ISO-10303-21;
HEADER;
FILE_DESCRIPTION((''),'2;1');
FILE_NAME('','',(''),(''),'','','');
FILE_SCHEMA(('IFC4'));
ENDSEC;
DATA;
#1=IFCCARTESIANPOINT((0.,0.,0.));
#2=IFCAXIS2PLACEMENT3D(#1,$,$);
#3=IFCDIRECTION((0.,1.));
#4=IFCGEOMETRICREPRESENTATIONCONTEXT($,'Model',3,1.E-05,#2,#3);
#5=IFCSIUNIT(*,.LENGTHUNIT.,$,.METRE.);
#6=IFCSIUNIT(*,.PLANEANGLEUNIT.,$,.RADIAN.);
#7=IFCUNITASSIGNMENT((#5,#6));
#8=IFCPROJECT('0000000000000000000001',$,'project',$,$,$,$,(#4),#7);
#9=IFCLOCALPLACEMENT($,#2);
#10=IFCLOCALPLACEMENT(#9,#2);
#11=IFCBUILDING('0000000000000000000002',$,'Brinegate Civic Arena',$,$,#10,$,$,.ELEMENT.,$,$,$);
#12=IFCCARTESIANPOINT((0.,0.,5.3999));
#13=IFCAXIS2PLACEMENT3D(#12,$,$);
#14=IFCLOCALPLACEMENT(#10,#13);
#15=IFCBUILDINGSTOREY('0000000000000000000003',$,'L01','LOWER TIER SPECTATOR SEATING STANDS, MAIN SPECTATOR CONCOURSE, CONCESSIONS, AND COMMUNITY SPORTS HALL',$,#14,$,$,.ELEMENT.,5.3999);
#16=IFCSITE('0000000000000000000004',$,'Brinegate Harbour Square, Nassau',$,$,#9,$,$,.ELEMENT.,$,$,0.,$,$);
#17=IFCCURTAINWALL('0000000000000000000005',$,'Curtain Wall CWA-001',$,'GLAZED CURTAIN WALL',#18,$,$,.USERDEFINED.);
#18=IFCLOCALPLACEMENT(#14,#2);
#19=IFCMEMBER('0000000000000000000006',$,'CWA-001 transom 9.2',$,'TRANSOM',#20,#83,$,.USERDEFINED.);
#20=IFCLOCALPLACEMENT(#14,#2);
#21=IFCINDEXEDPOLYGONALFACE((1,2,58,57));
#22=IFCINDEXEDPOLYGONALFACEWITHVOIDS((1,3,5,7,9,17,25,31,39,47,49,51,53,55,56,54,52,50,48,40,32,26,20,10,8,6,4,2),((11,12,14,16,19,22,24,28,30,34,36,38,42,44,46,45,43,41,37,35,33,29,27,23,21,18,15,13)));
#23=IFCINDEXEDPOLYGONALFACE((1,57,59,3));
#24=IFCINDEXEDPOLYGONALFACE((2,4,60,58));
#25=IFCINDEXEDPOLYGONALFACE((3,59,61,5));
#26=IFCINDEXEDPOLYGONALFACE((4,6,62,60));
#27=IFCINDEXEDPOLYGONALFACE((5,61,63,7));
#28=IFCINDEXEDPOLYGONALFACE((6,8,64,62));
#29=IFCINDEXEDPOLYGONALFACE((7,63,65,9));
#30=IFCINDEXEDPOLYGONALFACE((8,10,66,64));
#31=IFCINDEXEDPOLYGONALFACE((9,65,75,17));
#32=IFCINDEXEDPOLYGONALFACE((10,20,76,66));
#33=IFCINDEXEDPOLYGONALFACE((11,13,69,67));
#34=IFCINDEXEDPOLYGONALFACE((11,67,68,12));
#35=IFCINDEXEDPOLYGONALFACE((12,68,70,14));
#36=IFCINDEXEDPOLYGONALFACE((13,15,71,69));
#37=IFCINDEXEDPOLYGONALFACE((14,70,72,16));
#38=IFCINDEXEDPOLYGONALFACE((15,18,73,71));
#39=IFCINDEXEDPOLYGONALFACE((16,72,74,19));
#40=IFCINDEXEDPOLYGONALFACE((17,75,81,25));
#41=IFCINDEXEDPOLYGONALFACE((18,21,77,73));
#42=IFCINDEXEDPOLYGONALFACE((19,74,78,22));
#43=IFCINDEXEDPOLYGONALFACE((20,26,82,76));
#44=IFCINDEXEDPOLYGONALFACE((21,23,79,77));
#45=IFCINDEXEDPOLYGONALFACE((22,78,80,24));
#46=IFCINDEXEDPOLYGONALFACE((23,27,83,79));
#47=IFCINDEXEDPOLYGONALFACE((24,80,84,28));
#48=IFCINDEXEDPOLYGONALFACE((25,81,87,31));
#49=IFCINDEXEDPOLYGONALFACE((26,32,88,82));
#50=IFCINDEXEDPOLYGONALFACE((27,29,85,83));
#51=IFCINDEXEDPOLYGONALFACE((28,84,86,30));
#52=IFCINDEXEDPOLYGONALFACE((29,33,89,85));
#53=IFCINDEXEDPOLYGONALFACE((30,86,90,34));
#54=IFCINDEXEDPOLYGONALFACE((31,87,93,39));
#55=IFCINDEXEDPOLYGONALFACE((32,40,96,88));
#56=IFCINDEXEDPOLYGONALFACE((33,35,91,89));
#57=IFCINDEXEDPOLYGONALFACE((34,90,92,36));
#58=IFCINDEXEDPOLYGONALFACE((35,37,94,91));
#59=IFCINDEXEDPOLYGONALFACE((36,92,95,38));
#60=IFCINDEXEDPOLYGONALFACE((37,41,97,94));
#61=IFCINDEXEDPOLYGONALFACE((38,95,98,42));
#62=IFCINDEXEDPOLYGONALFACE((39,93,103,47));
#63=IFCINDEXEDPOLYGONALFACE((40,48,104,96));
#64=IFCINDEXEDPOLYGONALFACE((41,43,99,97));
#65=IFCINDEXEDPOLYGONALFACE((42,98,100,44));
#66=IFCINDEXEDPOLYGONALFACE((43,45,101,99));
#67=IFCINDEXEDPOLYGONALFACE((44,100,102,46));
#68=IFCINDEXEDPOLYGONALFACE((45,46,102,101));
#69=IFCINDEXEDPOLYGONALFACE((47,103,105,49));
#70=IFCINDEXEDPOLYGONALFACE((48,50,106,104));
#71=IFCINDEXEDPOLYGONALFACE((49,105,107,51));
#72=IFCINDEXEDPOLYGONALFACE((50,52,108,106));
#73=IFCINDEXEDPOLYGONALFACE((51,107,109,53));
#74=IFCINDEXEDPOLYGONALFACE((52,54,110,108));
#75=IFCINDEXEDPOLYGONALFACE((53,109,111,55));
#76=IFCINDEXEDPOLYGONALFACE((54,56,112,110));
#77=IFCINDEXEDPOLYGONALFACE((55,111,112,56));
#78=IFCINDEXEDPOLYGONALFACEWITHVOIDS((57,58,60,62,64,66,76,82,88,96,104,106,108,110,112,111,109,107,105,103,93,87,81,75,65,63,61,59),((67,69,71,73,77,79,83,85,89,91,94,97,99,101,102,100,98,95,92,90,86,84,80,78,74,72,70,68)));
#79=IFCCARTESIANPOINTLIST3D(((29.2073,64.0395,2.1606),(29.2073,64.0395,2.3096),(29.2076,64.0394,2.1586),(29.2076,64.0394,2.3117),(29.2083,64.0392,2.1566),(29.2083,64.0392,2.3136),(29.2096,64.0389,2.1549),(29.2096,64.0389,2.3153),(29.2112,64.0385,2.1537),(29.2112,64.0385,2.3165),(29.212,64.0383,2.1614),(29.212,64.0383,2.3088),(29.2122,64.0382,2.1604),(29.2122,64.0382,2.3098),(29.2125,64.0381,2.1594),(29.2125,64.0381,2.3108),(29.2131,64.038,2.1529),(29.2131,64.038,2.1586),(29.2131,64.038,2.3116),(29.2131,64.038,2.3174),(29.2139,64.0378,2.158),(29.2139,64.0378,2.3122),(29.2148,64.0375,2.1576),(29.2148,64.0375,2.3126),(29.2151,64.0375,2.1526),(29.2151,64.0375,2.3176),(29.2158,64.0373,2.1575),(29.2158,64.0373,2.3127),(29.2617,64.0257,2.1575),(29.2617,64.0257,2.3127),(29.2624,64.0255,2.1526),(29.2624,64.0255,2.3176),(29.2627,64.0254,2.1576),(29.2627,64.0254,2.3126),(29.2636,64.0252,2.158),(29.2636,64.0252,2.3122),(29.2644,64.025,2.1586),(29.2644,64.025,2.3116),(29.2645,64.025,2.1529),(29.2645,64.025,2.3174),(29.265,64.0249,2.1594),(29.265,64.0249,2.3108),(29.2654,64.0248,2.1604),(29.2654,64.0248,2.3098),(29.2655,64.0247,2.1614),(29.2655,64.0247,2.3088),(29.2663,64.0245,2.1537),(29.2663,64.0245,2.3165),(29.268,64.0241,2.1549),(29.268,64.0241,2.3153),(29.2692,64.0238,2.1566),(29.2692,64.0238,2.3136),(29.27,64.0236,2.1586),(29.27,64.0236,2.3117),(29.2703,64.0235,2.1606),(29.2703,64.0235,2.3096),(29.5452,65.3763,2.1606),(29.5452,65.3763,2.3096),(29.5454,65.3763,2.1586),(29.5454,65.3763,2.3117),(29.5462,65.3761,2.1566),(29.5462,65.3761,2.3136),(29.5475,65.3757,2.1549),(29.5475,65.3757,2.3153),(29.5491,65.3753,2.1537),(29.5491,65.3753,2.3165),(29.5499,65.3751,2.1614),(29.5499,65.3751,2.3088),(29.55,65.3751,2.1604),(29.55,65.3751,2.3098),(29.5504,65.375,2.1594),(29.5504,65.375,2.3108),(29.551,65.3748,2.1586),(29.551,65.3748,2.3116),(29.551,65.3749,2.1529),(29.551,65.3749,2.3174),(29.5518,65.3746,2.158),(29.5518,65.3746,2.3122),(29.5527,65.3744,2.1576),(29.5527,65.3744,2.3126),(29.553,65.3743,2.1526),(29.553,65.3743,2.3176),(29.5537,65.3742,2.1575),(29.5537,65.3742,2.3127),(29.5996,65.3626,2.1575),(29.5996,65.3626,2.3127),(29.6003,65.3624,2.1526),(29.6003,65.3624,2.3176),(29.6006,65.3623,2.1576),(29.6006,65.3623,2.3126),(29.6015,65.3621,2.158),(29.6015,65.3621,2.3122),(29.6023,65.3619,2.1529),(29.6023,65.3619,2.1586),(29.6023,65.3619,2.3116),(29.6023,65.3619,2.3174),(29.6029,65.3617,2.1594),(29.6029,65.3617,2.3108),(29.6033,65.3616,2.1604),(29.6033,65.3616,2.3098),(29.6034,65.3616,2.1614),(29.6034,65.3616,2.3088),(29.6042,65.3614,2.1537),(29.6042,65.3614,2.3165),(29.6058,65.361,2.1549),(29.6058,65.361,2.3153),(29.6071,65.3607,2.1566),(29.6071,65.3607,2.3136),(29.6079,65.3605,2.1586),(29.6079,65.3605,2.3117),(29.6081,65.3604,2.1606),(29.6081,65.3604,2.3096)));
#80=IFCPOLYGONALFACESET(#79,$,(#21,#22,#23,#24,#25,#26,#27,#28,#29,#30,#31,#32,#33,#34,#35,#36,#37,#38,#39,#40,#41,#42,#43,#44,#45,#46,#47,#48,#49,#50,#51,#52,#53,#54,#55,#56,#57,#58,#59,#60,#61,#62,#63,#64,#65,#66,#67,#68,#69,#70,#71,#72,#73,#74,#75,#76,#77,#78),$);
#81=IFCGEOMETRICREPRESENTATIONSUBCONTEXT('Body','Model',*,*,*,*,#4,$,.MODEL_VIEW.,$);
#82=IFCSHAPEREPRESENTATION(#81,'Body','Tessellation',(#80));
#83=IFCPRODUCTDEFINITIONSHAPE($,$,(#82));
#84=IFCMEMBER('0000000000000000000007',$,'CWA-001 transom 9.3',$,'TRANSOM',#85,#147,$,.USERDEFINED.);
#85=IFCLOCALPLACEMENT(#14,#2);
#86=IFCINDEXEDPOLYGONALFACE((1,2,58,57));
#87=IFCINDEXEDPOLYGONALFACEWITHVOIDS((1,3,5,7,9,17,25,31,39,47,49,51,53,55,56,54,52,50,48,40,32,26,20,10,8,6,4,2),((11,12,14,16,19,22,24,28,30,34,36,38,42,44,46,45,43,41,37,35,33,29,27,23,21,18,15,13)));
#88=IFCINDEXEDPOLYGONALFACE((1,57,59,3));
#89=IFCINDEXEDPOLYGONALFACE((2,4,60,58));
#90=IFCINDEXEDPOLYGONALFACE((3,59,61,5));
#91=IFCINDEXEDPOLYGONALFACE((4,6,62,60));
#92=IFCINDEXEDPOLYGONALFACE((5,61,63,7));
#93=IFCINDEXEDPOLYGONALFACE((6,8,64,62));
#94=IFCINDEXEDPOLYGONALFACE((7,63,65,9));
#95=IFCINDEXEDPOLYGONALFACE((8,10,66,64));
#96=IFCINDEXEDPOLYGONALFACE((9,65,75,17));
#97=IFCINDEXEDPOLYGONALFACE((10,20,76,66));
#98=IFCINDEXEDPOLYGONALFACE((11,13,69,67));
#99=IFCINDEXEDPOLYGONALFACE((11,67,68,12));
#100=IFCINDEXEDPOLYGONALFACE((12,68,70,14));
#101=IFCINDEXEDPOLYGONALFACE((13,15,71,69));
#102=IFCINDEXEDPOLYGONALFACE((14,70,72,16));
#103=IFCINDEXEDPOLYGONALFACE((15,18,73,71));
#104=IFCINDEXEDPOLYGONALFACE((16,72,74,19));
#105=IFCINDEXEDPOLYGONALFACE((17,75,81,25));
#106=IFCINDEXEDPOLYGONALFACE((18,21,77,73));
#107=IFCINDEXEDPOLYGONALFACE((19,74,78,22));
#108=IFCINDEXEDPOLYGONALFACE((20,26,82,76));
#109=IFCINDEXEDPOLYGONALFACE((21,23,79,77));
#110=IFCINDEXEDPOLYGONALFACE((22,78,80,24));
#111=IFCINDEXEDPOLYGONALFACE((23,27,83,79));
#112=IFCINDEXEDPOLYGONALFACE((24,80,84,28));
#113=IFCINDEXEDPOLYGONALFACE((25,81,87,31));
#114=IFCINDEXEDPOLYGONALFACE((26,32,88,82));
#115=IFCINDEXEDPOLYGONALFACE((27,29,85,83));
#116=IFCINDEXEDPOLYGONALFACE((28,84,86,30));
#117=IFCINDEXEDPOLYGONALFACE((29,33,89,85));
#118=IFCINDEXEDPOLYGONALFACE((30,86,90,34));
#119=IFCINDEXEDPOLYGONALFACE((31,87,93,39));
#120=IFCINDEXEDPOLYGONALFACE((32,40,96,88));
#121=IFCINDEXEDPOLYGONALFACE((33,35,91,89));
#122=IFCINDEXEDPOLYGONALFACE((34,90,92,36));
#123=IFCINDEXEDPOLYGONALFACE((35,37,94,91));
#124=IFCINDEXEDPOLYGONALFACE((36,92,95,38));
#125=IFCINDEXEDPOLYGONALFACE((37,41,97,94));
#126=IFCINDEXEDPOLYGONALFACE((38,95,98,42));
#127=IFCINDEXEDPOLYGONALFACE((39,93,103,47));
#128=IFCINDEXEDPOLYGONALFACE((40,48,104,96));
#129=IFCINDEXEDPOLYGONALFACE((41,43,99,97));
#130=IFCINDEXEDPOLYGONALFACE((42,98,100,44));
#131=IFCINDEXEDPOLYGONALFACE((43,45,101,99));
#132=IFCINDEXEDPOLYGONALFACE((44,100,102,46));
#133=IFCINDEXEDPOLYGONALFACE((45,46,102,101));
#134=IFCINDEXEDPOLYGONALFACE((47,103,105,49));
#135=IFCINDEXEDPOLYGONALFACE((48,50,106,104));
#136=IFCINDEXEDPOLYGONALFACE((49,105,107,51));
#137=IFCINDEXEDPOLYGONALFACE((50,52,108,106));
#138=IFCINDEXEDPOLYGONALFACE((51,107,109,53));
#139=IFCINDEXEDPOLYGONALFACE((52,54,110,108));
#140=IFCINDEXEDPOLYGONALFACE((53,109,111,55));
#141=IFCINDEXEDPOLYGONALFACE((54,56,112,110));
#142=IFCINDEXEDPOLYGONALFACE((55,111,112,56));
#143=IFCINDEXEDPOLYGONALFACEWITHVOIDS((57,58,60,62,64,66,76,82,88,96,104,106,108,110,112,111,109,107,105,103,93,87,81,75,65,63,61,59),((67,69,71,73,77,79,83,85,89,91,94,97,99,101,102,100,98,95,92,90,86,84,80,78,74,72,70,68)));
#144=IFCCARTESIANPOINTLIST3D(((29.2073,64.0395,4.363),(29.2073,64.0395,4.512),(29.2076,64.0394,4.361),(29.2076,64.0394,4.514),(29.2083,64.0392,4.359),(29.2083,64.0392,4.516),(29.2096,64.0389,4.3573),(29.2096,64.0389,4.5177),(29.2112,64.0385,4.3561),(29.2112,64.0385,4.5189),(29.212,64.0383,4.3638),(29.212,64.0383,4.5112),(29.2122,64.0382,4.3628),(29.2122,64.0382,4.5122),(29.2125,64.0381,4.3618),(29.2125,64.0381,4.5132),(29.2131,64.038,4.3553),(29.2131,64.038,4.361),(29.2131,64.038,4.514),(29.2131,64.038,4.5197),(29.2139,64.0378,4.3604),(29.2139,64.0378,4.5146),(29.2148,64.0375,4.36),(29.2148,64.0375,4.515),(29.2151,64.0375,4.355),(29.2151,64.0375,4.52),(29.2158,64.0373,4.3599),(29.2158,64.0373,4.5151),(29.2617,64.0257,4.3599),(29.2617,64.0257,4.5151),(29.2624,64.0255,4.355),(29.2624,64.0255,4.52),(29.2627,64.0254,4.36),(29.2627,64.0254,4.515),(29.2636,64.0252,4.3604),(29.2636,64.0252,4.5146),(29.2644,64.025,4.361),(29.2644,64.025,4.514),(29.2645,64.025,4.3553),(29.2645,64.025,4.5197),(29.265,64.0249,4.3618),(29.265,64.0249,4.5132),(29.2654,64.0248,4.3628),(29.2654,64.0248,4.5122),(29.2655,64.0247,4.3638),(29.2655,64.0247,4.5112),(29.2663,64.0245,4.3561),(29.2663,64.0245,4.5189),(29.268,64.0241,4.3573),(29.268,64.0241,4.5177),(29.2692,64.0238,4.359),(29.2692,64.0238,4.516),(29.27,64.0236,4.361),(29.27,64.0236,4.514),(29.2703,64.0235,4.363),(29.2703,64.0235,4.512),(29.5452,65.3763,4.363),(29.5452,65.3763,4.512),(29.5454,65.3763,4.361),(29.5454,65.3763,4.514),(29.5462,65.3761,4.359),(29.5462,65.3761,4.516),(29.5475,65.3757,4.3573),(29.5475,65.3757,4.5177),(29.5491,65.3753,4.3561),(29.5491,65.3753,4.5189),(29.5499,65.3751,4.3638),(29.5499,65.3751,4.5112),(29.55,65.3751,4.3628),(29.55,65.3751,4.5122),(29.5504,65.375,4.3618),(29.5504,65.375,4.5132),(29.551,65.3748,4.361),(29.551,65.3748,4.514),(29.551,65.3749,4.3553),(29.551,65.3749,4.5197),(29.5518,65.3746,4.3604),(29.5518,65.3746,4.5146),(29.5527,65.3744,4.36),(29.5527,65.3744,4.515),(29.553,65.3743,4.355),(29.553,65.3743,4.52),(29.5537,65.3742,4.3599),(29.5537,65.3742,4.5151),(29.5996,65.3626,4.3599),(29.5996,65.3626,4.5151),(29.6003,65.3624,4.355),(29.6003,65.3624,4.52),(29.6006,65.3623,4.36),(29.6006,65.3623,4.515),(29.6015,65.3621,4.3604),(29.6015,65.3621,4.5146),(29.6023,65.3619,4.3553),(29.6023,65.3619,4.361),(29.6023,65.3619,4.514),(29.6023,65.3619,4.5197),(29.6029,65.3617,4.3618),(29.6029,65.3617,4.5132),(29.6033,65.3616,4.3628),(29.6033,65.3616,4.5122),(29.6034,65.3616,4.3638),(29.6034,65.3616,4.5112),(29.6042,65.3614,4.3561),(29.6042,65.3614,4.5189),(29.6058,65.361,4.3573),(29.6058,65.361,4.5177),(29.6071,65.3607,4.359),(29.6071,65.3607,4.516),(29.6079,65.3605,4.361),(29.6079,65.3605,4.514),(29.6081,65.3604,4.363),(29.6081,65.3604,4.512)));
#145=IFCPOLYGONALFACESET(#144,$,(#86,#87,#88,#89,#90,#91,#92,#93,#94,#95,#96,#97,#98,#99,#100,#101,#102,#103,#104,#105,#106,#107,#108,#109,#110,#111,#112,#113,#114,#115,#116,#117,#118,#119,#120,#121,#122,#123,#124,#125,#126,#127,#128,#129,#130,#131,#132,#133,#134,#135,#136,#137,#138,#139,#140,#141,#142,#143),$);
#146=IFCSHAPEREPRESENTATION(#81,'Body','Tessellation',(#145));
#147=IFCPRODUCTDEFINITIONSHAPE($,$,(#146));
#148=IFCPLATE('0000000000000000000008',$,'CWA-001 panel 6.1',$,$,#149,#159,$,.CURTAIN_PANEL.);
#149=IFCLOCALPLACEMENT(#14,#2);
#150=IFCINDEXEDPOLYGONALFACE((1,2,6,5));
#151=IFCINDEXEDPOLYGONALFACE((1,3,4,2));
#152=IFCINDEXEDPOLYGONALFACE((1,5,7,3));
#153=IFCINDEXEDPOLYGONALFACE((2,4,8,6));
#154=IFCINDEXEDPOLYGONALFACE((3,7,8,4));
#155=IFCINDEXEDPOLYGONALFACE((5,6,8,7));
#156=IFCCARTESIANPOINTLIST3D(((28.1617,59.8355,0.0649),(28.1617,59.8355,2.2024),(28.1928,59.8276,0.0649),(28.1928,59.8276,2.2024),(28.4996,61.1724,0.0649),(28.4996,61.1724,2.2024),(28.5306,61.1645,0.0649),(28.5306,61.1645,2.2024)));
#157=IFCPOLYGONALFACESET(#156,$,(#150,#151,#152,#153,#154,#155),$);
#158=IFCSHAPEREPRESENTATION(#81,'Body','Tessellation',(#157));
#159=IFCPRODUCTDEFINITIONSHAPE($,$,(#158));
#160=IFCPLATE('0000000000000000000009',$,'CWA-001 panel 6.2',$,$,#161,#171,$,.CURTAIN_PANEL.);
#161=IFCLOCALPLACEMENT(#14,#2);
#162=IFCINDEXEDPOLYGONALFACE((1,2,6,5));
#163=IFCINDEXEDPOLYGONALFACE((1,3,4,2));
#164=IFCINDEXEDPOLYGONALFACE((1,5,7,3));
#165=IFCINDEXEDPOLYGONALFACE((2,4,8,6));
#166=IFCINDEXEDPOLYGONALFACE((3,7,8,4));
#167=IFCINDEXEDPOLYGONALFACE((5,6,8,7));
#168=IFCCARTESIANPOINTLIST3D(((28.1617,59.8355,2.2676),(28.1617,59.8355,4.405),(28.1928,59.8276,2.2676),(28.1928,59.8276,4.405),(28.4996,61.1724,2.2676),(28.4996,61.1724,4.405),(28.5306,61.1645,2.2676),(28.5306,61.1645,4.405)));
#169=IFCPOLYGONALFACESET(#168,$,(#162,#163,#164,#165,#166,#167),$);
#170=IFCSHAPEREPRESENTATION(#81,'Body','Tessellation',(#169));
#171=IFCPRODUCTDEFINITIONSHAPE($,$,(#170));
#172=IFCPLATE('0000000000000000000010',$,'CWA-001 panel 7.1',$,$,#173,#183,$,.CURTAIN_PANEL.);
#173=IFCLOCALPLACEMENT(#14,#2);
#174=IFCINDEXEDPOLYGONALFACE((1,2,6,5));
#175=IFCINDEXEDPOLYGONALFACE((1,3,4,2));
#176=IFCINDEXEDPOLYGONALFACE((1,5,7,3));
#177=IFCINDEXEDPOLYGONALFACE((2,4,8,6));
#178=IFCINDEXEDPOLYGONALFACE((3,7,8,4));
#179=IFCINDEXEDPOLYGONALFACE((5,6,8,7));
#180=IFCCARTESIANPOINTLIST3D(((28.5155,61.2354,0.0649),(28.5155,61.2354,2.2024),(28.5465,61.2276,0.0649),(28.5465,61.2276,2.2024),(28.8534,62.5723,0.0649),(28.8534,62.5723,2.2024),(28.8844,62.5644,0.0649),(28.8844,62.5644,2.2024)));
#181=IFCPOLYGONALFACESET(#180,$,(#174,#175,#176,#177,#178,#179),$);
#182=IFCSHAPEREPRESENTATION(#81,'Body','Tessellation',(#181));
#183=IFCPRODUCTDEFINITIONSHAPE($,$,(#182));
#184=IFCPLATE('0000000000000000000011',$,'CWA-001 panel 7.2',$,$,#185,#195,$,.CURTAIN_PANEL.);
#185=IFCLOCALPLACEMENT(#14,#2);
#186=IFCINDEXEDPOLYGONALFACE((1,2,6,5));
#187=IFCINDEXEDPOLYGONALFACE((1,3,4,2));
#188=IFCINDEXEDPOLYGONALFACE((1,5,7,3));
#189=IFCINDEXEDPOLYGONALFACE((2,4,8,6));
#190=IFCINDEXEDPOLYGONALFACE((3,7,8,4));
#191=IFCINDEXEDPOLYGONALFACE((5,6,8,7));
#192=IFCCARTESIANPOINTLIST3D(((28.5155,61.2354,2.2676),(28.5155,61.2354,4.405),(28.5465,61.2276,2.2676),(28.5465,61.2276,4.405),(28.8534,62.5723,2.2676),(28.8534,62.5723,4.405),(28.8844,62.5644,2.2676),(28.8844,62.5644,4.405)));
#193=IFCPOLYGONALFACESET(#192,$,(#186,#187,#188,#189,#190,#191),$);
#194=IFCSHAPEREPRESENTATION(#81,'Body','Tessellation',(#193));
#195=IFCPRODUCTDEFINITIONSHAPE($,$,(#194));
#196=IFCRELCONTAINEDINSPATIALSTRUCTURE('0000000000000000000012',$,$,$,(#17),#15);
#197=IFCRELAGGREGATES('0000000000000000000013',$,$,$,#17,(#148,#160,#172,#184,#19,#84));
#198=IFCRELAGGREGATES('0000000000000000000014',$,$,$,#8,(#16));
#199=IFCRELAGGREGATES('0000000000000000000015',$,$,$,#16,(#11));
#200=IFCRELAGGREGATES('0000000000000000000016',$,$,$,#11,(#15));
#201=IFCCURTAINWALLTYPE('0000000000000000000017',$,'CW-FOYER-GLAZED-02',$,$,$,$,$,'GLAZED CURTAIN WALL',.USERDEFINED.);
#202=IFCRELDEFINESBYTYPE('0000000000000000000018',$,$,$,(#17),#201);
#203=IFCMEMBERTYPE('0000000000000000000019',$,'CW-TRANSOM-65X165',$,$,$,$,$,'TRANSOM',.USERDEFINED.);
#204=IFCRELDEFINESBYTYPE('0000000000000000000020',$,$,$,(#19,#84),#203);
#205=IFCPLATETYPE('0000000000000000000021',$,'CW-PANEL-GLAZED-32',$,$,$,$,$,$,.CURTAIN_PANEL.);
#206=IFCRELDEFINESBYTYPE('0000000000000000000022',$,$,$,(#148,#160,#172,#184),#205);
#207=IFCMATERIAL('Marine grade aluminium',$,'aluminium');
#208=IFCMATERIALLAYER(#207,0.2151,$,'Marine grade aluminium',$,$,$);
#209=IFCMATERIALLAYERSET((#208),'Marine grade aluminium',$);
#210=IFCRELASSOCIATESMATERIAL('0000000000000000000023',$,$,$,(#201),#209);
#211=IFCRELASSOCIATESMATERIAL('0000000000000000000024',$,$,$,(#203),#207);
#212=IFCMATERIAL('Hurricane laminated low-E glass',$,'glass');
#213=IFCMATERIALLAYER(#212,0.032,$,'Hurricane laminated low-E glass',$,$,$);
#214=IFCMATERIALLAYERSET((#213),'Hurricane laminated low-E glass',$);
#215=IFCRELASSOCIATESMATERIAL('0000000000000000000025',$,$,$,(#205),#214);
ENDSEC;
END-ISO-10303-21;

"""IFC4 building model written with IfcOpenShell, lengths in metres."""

from ifc_helpers import new_model, si_unit, direction, frame, origin, origin_2d, place, context, subcontext, project, spatial, rectangle, hollow_rectangle, extrude, material, layer, layer_set, material_profile, profile_set, type_object, element, aggregate, save


model = new_model("IFC4")

# Units and contexts
model_context = context("Model", 3, precision=1e-05, world=origin(), true_north=direction((0.0, 1.0)))
body_context = subcontext(model_context, "Body", "Model", "MODEL_VIEW")
ifc_project = project(units=[si_unit("LENGTHUNIT", "METRE"), si_unit("PLANEANGLEUNIT", "RADIAN")], contexts=[model_context])

# Site, building, storey
site_placement = place(None, origin())
site = spatial("IfcSite", under=ifc_project, at=site_placement, Name="Brinegate Harbour Square, Nassau", CompositionType="ELEMENT", RefElevation=0.0)
building_placement = place(site_placement, origin())
building = spatial("IfcBuilding", under=site, at=building_placement, Name="Brinegate Civic Arena", CompositionType="ELEMENT")
storey_placement = place(building_placement, frame((0.0, 0.0, 5.3999)))
storey = spatial("IfcBuildingStorey", under=building, at=storey_placement, Name="L01", Description="LOWER TIER SPECTATOR SEATING STANDS, MAIN SPECTATOR CONCOURSE, CONCESSIONS, AND COMMUNITY SPORTS HALL", CompositionType="ELEMENT", Elevation=5.3999)

# Curtain wall, members, plates
ifc_material_1 = material(Name="Marine grade aluminium", Category="aluminium")
ifc_layer_1 = layer(ifc_material_1, 0.2151, Name="Marine grade aluminium")
ifc_layer_set_1 = layer_set([ifc_layer_1], Name="Marine grade aluminium")
curtain_wall_type = type_object("IfcCurtainWallType", Name="CW-FOYER-GLAZED-02", ElementType="GLAZED CURTAIN WALL", PredefinedType="USERDEFINED", material=ifc_layer_set_1)
curtain_wall_placement = place(storey_placement, origin())
curtain_wall = element("IfcCurtainWall", 1, at=curtain_wall_placement, inside=storey, type_object=curtain_wall_type, Name="Curtain Wall CWA-001", ObjectType="GLAZED CURTAIN WALL", PredefinedType="USERDEFINED")
ifc_material_profile_1 = material_profile(ifc_material_1, hollow_rectangle(XDim=0.0649, YDim=0.165, WallThickness=0.0049, InnerFilletRadius=0.0039, OuterFilletRadius=0.0081, at=origin_2d()), Name="TRN65X165")
ifc_profile_set_1 = profile_set([ifc_material_profile_1], Name="Marine grade aluminium")
member_type_1 = type_object("IfcMemberType", Name="CW-TRANSOM-65X165", ElementType="TRANSOM", PredefinedType="USERDEFINED", material=ifc_profile_set_1)
member_1_placement = place(storey_placement, frame((29.2388, 64.0315, 2.2351), z_axis=(0.245034, 0.969514, 0.0), x_axis=(-0.969514, 0.245034, 0.0)))
member_1 = element("IfcMember", 2, at=member_1_placement, type_object=member_type_1, Name="CWA-001 transom 9.2", ObjectType="TRANSOM", PredefinedType="USERDEFINED", context=body_context, shape_type="SweptSolid", body=[
    extrude(hollow_rectangle(XDim=0.0649, YDim=0.165, WallThickness=0.0049, InnerFilletRadius=0.0039, OuterFilletRadius=0.0081, at=origin_2d()), origin(), (0.0, 0.0, 1.0), 1.3789),
])
member_2_placement = place(storey_placement, frame((29.2388, 64.0315, 4.4375), z_axis=(0.245034, 0.969514, 0.0), x_axis=(-0.969514, 0.245034, 0.0)))
member_2 = element("IfcMember", 3, at=member_2_placement, type_object=member_type_1, Name="CWA-001 transom 9.3", ObjectType="TRANSOM", PredefinedType="USERDEFINED", context=body_context, shape_type="SweptSolid", body=[
    extrude(hollow_rectangle(XDim=0.0649, YDim=0.165, WallThickness=0.0049, InnerFilletRadius=0.0039, OuterFilletRadius=0.0081, at=origin_2d()), origin(), (0.0, 0.0, 1.0), 1.3789),
])
ifc_material_2 = material(Name="Hurricane laminated low-E glass", Category="glass")
ifc_layer_2 = layer(ifc_material_2, 0.032, Name="Hurricane laminated low-E glass")
ifc_layer_set_2 = layer_set([ifc_layer_2], Name="Hurricane laminated low-E glass")
plate_type = type_object("IfcPlateType", Name="CW-PANEL-GLAZED-32", PredefinedType="CURTAIN_PANEL", material=ifc_layer_set_2)
plate_1_placement = place(storey_placement, frame((28.3462, 60.5, 0.0649), z_axis=(0.0, 0.0, 1.0), x_axis=(0.245042, 0.969513, 0.0)))
plate_1 = element("IfcPlate", 4, at=plate_1_placement, type_object=plate_type, Name="CWA-001 panel 6.1", PredefinedType="CURTAIN_PANEL", context=body_context, shape_type="SweptSolid", body=[
    extrude(rectangle(XDim=1.3789, YDim=0.032, at=origin_2d()), origin(), (0.0, 0.0, 1.0), 2.1375),
])
plate_2_placement = place(storey_placement, frame((28.3462, 60.5, 2.2676), z_axis=(0.0, 0.0, 1.0), x_axis=(0.245042, 0.969513, 0.0)))
plate_2 = element("IfcPlate", 5, at=plate_2_placement, type_object=plate_type, Name="CWA-001 panel 6.2", PredefinedType="CURTAIN_PANEL", context=body_context, shape_type="SweptSolid", body=[
    extrude(rectangle(XDim=1.3789, YDim=0.032, at=origin_2d()), origin(), (0.0, 0.0, 1.0), 2.1375),
])
plate_3_placement = place(storey_placement, frame((28.7, 61.8999, 0.0649), z_axis=(0.0, 0.0, 1.0), x_axis=(0.245042, 0.969513, 0.0)))
plate_3 = element("IfcPlate", 6, at=plate_3_placement, type_object=plate_type, Name="CWA-001 panel 7.1", PredefinedType="CURTAIN_PANEL", context=body_context, shape_type="SweptSolid", body=[
    extrude(rectangle(XDim=1.3789, YDim=0.032, at=origin_2d()), origin(), (0.0, 0.0, 1.0), 2.1375),
])
plate_4_placement = place(storey_placement, frame((28.7, 61.8999, 2.2676), z_axis=(0.0, 0.0, 1.0), x_axis=(0.245042, 0.969513, 0.0)))
plate_4 = element("IfcPlate", 7, at=plate_4_placement, type_object=plate_type, Name="CWA-001 panel 7.2", PredefinedType="CURTAIN_PANEL", context=body_context, shape_type="SweptSolid", body=[
    extrude(rectangle(XDim=1.3789, YDim=0.032, at=origin_2d()), origin(), (0.0, 0.0, 1.0), 2.1375),
])
aggregate(curtain_wall, [plate_1, plate_2, plate_3, plate_4, member_1, member_2])

save(model, "model.ifc")
